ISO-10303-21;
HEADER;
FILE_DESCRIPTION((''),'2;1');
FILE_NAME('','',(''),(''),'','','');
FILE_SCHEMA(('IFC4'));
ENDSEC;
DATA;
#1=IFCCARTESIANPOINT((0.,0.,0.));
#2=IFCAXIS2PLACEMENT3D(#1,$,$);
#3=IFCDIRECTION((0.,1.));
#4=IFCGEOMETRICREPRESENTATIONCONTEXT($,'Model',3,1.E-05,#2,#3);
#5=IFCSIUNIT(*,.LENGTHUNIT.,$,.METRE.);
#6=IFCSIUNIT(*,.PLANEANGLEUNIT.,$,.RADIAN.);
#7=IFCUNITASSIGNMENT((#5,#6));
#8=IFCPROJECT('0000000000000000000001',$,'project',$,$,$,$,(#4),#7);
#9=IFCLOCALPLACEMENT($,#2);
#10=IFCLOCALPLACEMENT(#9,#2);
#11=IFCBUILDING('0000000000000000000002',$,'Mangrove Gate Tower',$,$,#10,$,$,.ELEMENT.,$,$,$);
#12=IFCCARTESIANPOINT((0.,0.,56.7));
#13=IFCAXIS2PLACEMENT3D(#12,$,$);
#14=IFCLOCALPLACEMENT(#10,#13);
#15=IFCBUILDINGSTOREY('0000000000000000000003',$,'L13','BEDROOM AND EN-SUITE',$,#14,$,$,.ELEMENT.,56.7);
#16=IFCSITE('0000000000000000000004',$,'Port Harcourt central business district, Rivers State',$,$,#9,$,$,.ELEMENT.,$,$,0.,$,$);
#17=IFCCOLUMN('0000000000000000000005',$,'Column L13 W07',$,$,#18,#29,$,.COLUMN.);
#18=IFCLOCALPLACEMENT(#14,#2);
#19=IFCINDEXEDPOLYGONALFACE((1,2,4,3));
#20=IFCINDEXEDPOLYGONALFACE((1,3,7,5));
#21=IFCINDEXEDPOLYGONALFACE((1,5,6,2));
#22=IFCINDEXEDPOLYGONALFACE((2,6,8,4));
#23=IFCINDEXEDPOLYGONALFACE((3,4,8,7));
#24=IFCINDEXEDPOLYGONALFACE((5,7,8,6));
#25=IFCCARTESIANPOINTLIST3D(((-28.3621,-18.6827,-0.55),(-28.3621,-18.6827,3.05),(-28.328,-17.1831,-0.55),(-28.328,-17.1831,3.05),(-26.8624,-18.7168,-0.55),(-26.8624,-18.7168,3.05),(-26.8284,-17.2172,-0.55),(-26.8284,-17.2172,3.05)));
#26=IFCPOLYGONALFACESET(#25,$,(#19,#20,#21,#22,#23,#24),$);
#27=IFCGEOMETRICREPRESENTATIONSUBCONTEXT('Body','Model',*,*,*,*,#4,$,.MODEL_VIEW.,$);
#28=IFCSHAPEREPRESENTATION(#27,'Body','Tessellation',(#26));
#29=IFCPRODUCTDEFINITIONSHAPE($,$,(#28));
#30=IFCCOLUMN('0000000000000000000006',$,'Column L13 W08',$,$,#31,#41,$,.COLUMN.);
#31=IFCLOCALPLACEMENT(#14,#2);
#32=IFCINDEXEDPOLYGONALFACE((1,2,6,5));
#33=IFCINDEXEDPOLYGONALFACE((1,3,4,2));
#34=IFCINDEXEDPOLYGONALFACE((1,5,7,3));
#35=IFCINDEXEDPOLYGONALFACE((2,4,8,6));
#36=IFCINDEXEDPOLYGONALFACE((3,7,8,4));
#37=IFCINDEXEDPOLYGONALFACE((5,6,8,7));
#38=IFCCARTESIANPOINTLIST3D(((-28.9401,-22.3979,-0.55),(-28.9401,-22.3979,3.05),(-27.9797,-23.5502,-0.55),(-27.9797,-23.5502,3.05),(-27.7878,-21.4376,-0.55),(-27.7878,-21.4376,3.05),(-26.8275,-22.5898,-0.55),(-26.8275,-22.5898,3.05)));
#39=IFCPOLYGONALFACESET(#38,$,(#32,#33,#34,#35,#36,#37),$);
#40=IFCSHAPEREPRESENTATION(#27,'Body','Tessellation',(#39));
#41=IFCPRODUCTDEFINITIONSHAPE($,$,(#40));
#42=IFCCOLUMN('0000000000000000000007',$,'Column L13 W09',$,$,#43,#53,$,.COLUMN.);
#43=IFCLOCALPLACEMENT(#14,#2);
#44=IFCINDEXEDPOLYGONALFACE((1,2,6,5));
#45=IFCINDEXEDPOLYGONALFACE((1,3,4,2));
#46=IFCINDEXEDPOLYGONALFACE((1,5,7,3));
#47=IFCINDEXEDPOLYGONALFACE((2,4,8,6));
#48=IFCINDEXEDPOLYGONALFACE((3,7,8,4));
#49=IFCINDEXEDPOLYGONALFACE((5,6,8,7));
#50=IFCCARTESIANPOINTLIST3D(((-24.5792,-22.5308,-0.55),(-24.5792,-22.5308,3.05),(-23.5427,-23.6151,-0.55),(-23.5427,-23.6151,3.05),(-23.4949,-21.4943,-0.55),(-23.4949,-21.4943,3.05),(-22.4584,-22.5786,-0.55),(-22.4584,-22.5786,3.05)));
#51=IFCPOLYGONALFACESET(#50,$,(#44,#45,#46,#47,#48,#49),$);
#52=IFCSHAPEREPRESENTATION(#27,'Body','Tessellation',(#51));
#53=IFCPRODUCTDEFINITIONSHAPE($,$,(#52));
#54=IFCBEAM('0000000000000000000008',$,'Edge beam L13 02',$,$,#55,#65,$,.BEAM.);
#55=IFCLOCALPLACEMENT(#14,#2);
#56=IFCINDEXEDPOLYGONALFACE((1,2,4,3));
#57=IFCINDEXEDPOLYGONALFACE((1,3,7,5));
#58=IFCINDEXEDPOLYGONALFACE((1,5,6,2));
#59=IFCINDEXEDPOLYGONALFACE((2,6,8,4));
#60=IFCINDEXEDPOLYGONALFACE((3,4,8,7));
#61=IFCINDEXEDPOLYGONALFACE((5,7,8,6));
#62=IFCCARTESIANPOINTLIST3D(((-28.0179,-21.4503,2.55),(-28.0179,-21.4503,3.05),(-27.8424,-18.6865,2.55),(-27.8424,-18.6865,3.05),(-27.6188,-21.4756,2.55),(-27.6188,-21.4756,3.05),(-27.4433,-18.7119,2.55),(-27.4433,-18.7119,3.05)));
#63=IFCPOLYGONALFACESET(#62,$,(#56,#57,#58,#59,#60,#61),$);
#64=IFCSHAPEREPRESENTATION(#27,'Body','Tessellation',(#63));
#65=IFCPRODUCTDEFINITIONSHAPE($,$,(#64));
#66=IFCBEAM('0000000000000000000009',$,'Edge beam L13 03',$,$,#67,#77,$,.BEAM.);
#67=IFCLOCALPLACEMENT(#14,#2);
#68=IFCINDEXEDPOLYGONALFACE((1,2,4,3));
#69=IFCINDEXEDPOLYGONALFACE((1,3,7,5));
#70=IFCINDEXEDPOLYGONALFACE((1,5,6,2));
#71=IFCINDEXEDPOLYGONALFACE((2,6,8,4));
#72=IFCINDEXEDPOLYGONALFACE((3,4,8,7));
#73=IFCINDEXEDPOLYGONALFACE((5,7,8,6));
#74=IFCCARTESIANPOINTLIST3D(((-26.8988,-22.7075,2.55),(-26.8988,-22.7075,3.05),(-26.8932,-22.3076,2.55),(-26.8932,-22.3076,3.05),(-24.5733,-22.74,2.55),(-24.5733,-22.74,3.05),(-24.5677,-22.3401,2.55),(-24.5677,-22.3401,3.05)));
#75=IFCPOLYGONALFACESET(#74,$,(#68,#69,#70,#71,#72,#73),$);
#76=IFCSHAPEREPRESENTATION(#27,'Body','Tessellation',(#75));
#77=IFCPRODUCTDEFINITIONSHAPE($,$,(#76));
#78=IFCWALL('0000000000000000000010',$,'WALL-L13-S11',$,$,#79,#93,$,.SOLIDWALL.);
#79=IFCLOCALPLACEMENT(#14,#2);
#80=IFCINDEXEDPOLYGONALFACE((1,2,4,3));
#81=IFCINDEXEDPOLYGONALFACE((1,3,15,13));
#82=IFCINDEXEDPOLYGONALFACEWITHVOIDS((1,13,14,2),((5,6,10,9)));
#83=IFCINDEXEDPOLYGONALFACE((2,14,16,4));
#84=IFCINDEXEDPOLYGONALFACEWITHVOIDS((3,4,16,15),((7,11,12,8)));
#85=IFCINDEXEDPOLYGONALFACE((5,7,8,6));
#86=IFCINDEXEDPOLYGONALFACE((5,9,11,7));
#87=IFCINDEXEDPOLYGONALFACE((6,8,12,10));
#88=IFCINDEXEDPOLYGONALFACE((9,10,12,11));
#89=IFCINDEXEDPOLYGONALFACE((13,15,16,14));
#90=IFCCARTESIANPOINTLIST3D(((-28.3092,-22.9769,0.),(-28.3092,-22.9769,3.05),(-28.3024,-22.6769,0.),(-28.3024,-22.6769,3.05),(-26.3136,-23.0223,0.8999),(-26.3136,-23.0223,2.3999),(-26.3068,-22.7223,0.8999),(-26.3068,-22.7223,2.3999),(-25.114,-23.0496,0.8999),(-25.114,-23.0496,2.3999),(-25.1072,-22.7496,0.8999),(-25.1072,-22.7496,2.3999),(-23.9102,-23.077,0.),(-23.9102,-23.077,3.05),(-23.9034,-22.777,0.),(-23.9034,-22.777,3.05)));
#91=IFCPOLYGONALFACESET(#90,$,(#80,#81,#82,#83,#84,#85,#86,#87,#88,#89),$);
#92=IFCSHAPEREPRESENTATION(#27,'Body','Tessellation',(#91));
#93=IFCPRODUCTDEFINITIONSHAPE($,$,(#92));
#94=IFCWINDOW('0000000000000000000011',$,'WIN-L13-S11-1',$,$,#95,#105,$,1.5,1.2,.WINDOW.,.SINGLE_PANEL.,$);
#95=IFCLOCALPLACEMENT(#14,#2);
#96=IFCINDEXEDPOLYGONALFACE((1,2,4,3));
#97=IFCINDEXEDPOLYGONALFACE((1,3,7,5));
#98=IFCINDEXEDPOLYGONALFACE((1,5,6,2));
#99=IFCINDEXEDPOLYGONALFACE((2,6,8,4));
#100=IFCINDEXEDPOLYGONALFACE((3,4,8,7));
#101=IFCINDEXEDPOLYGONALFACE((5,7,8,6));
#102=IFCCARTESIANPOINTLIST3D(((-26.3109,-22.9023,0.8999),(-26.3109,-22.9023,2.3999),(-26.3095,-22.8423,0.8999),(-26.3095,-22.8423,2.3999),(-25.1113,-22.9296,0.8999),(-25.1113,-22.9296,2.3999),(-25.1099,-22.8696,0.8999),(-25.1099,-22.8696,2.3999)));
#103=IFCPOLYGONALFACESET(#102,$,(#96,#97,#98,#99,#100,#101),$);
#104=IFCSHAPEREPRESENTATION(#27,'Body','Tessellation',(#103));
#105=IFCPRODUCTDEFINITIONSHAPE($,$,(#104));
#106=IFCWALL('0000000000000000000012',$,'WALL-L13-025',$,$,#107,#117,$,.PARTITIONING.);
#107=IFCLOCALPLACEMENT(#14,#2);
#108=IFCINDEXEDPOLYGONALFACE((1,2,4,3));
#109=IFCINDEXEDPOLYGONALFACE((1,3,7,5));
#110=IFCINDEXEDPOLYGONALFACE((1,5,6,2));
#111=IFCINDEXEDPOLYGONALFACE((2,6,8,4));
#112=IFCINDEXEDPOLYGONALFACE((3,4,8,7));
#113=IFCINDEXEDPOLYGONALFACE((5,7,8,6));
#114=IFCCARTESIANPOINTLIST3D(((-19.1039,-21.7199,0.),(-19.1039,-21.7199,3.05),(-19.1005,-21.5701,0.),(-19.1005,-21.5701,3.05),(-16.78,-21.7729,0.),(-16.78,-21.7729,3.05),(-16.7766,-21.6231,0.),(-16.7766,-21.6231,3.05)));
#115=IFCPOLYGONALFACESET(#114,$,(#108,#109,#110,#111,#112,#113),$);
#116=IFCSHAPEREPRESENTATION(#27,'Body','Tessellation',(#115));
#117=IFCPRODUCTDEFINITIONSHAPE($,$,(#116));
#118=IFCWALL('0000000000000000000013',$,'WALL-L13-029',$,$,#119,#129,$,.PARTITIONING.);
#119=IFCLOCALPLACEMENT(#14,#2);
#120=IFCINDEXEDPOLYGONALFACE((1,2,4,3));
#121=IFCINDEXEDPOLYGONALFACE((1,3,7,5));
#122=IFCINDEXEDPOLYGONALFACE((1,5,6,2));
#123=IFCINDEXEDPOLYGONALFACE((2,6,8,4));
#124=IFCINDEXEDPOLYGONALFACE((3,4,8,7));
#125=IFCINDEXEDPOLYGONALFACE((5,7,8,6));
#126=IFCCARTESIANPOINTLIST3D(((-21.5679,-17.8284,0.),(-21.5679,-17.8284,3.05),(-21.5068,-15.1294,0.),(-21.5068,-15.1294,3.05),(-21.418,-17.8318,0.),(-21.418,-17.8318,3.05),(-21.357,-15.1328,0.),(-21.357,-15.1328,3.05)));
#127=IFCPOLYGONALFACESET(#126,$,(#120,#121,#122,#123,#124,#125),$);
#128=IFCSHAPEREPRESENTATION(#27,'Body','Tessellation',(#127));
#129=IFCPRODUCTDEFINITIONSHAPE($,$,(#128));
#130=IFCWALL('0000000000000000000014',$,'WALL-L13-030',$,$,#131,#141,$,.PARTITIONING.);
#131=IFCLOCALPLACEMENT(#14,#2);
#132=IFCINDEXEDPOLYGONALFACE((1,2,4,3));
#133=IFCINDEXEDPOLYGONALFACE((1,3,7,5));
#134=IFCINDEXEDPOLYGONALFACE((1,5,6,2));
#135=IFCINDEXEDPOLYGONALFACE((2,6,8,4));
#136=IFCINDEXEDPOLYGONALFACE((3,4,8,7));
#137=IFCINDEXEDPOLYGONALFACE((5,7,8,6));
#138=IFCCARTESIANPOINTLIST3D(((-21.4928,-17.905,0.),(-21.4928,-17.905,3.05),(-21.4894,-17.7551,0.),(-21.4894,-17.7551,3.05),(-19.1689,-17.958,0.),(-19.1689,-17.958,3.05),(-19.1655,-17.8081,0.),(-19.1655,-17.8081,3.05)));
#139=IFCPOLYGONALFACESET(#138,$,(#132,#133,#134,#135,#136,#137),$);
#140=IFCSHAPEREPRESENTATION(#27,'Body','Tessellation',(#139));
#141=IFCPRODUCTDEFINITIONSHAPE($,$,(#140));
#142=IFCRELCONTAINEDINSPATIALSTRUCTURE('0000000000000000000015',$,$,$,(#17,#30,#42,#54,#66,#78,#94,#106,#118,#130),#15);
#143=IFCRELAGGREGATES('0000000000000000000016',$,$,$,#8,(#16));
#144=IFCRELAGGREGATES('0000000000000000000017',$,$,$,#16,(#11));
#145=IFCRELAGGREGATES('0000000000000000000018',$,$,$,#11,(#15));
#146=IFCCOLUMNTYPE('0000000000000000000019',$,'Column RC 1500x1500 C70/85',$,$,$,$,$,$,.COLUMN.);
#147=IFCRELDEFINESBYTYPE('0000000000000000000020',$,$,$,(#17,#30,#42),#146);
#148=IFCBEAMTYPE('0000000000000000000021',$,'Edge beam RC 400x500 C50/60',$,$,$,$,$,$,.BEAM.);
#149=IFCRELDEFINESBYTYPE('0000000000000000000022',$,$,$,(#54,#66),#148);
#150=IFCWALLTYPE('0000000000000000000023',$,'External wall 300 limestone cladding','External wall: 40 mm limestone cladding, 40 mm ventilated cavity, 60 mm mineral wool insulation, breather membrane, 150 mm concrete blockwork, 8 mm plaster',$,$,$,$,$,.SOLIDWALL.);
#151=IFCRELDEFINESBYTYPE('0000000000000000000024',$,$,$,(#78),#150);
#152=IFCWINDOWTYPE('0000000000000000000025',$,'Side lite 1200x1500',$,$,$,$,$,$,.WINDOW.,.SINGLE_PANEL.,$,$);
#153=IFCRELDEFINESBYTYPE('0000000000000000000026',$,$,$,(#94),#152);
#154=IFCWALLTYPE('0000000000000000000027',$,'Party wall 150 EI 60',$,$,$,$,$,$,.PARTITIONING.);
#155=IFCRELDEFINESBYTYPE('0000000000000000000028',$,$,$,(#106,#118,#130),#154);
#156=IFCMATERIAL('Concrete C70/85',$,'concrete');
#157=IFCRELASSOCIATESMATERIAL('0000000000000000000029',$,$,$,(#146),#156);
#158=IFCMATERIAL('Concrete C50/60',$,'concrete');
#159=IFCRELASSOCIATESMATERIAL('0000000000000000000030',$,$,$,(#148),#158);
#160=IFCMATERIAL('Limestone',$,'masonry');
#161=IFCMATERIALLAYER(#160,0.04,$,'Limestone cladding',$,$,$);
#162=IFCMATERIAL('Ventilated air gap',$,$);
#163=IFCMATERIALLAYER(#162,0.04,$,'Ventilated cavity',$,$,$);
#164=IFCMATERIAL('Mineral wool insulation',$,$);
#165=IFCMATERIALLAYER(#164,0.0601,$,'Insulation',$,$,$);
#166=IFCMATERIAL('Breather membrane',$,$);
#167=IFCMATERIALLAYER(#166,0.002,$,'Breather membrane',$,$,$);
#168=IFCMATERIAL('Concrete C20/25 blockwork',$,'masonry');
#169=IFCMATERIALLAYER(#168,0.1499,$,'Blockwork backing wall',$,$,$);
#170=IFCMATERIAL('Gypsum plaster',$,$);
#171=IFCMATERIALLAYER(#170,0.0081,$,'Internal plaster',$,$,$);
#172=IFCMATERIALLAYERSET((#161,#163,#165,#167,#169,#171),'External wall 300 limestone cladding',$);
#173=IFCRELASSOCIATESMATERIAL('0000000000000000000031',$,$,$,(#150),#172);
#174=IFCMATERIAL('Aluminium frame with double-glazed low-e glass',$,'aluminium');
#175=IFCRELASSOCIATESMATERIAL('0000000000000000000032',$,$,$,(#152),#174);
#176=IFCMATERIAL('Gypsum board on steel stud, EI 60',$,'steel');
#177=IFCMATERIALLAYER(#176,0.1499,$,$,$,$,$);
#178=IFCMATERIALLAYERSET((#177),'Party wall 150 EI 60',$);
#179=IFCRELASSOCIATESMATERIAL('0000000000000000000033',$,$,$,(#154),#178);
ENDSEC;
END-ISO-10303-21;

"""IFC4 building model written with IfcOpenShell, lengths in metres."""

from ifc_helpers import new_model, si_unit, direction, frame, frame_2d, origin, origin_2d, place, context, subcontext, project, spatial, rectangle, extrude, material, layer, layer_set, material_profile, profile_set, type_object, element, fill, save


model = new_model("IFC4")

# Units and contexts
model_context = context("Model", 3, precision=1e-05, world=origin(), true_north=direction((0.0, 1.0)))
body_context = subcontext(model_context, "Body", "Model", "MODEL_VIEW")
ifc_project = project(units=[si_unit("LENGTHUNIT", "METRE"), si_unit("PLANEANGLEUNIT", "RADIAN")], contexts=[model_context])

# Site, building, storey
site_placement = place(None, origin())
site = spatial("IfcSite", under=ifc_project, at=site_placement, Name="Port Harcourt central business district, Rivers State", CompositionType="ELEMENT", RefElevation=0.0)
building_placement = place(site_placement, origin())
building = spatial("IfcBuilding", under=site, at=building_placement, Name="Mangrove Gate Tower", CompositionType="ELEMENT")
storey_placement = place(building_placement, frame((0.0, 0.0, 56.7)))
storey = spatial("IfcBuildingStorey", under=building, at=storey_placement, Name="L13", Description="BEDROOM AND EN-SUITE", CompositionType="ELEMENT", Elevation=56.7)

# Columns
ifc_material_1 = material(Name="Concrete C70/85", Category="concrete")
ifc_material_profile_1 = material_profile(ifc_material_1, rectangle(XDim=1.5, YDim=1.5, at=origin_2d()))
ifc_profile_set_1 = profile_set([ifc_material_profile_1], Name="Concrete C70/85")
column_type = type_object("IfcColumnType", Name="Column RC 1500x1500 C70/85", PredefinedType="COLUMN", material=ifc_profile_set_1)
for number, where, z_axis, x_axis, name in (
    (1, (-27.5952, -17.95, -0.55), (0.0, 0.0, 1.0), (-0.02271, -0.999742, 0.0), "Column L13 W07"),
    (2, (-27.8838, -22.4939, -0.55), (0.0, 0.0, 1.0), (0.640243, -0.768172, 0.0), "Column L13 W08"),
    (3, (-23.5188, -22.5547, -0.55), (0.0, 0.0, 1.0), (0.691018, -0.722837, 0.0), "Column L13 W09"),
):
    element("IfcColumn", number, at=place(storey_placement, frame(where, z_axis=z_axis, x_axis=x_axis)), inside=storey, type_object=column_type, Name=name, PredefinedType="COLUMN", context=body_context, shape_type="SweptSolid", body=[
        extrude(rectangle(XDim=1.5, YDim=1.5, at=origin_2d()), origin(), (0.0, 0.0, 1.0), 3.6001),
    ])

# Beams
ifc_material_2 = material(Name="Concrete C50/60", Category="concrete")
ifc_material_profile_2 = material_profile(ifc_material_2, rectangle(XDim=0.3999, YDim=0.5, at=origin_2d()))
ifc_profile_set_2 = profile_set([ifc_material_profile_2], Name="Concrete C50/60")
beam_type = type_object("IfcBeamType", Name="Edge beam RC 400x500 C50/60", PredefinedType="BEAM", material=ifc_profile_set_2)
beam_1_placement = place(storey_placement, frame((-27.6428, -18.6992, 2.8), z_axis=(-0.063388, -0.997989, 0.0), x_axis=(0.997989, -0.063388, 0.0)))
element("IfcBeam", 4, at=beam_1_placement, inside=storey, type_object=beam_type, Name="Edge beam L13 02", PredefinedType="BEAM", context=body_context, shape_type="SweptSolid", body=[
    extrude(rectangle(XDim=0.3999, YDim=0.5, at=origin_2d()), origin(), (0.0, 0.0, 1.0), 2.7693),
])
beam_2_placement = place(storey_placement, frame((-26.896, -22.5076, 2.8), z_axis=(0.999903, -0.013962, 0.0), x_axis=(0.013962, 0.999903, 0.0)))
element("IfcBeam", 5, at=beam_2_placement, inside=storey, type_object=beam_type, Name="Edge beam L13 03", PredefinedType="BEAM", context=body_context, shape_type="SweptSolid", body=[
    extrude(rectangle(XDim=0.3999, YDim=0.5, at=origin_2d()), origin(), (0.0, 0.0, 1.0), 2.3257),
])

# Wall, opening, window
ifc_material_3 = material(Name="Limestone", Category="masonry")
ifc_layer_1 = layer(ifc_material_3, 0.04, Name="Limestone cladding")
ifc_material_4 = material(Name="Ventilated air gap")
ifc_layer_2 = layer(ifc_material_4, 0.04, Name="Ventilated cavity")
ifc_material_5 = material(Name="Mineral wool insulation")
ifc_layer_3 = layer(ifc_material_5, 0.0601, Name="Insulation")
ifc_material_6 = material(Name="Breather membrane")
ifc_layer_4 = layer(ifc_material_6, 0.002, Name="Breather membrane")
ifc_material_7 = material(Name="Concrete C20/25 blockwork", Category="masonry")
ifc_layer_5 = layer(ifc_material_7, 0.1499, Name="Blockwork backing wall")
ifc_material_8 = material(Name="Gypsum plaster")
ifc_layer_6 = layer(ifc_material_8, 0.0081, Name="Internal plaster")
ifc_layer_set_1 = layer_set([ifc_layer_1, ifc_layer_2, ifc_layer_3, ifc_layer_4, ifc_layer_5, ifc_layer_6], Name="External wall 300 limestone cladding")
wall_type_1 = type_object("IfcWallType", Name="External wall 300 limestone cladding", Description="External wall: 40 mm limestone cladding, 40 mm ventilated cavity, 60 mm mineral wool insulation, breather membrane, 150 mm concrete blockwork, 8 mm plaster", PredefinedType="SOLIDWALL", material=ifc_layer_set_1)
wall_1_placement = place(storey_placement, frame((-28.3059, -22.8269, 0.0), z_axis=(0.0, 0.0, 1.0), x_axis=(0.999741, -0.022749, 0.0)))
wall_1 = element("IfcWall", 6, at=wall_1_placement, inside=storey, type_object=wall_type_1, Name="WALL-L13-S11", PredefinedType="SOLIDWALL", context=body_context, shape_type="SweptSolid", body=[
    extrude(rectangle(XDim=4.4001, YDim=0.3, at=frame_2d((2.2002, 0.0))), origin(), (0.0, 0.0, 1.0), 3.05),
])
opening_placement = place(wall_1_placement, frame((1.9961, 0.0, 0.8999)))
opening = element("IfcOpeningElement", 7, at=opening_placement, cuts=wall_1, PredefinedType="OPENING", context=body_context, shape_type="SweptSolid", body=[
    extrude(rectangle(XDim=1.2, YDim=1.5, at=frame_2d((0.6001, 0.75))), frame((0.0, 0.1599, 0.0), z_axis=(0.0, -1.0, 0.0), x_axis=(1.0, 0.0, 0.0)), (0.0, 0.0, 1.0), 0.3201),
])
ifc_material_9 = material(Name="Aluminium frame with double-glazed low-e glass", Category="aluminium")
window_type = type_object("IfcWindowType", Name="Side lite 1200x1500", PartitioningType="SINGLE_PANEL", PredefinedType="WINDOW", material=ifc_material_9)
window_placement = place(opening_placement, origin())
window = element("IfcWindow", 8, at=window_placement, inside=storey, type_object=window_type, Name="WIN-L13-S11-1", OverallHeight=1.5, OverallWidth=1.2, PartitioningType="SINGLE_PANEL", PredefinedType="WINDOW", context=body_context, shape_type="SweptSolid", body=[
    extrude(rectangle(XDim=1.2, YDim=1.5, at=frame_2d((0.6001, 0.75))), frame((0.0, 0.03, 0.0), z_axis=(0.0, -1.0, 0.0), x_axis=(1.0, 0.0, 0.0)), (0.0, 0.0, 1.0), 0.0601),
])
fill(opening, window)

# Walls
ifc_material_10 = material(Name="Gypsum board on steel stud, EI 60", Category="steel")
ifc_layer_7 = layer(ifc_material_10, 0.1499)
ifc_layer_set_2 = layer_set([ifc_layer_7], Name="Party wall 150 EI 60")
wall_type_2 = type_object("IfcWallType", Name="Party wall 150 EI 60", PredefinedType="PARTITIONING", material=ifc_layer_set_2)
wall_2_placement = place(storey_placement, frame((-19.1021, -21.645, 0.0), z_axis=(0.0, 0.0, 1.0), x_axis=(0.99974, -0.022791, 0.0)))
element("IfcWall", 9, at=wall_2_placement, inside=storey, type_object=wall_type_2, Name="WALL-L13-025", PredefinedType="PARTITIONING", context=body_context, shape_type="SweptSolid", body=[
    extrude(rectangle(XDim=2.3245, YDim=0.1499, at=frame_2d((1.1621, 0.0))), origin(), (0.0, 0.0, 1.0), 3.05),
])
wall_3_placement = place(storey_placement, frame((-21.4929, -17.8301, 0.0), z_axis=(0.0, 0.0, 1.0), x_axis=(0.022608, 0.999744, 0.0)))
element("IfcWall", 10, at=wall_3_placement, inside=storey, type_object=wall_type_2, Name="WALL-L13-029", PredefinedType="PARTITIONING", context=body_context, shape_type="SweptSolid", body=[
    extrude(rectangle(XDim=2.6997, YDim=0.1499, at=frame_2d((1.3499, 0.0))), origin(), (0.0, 0.0, 1.0), 3.05),
])
wall_4_placement = place(storey_placement, frame((-21.491, -17.8301, 0.0), z_axis=(0.0, 0.0, 1.0), x_axis=(0.99974, -0.022791, 0.0)))
element("IfcWall", 11, at=wall_4_placement, inside=storey, type_object=wall_type_2, Name="WALL-L13-030", PredefinedType="PARTITIONING", context=body_context, shape_type="SweptSolid", body=[
    extrude(rectangle(XDim=2.3245, YDim=0.1499, at=frame_2d((1.1621, 0.0))), origin(), (0.0, 0.0, 1.0), 3.05),
])

save(model, "model.ifc")
